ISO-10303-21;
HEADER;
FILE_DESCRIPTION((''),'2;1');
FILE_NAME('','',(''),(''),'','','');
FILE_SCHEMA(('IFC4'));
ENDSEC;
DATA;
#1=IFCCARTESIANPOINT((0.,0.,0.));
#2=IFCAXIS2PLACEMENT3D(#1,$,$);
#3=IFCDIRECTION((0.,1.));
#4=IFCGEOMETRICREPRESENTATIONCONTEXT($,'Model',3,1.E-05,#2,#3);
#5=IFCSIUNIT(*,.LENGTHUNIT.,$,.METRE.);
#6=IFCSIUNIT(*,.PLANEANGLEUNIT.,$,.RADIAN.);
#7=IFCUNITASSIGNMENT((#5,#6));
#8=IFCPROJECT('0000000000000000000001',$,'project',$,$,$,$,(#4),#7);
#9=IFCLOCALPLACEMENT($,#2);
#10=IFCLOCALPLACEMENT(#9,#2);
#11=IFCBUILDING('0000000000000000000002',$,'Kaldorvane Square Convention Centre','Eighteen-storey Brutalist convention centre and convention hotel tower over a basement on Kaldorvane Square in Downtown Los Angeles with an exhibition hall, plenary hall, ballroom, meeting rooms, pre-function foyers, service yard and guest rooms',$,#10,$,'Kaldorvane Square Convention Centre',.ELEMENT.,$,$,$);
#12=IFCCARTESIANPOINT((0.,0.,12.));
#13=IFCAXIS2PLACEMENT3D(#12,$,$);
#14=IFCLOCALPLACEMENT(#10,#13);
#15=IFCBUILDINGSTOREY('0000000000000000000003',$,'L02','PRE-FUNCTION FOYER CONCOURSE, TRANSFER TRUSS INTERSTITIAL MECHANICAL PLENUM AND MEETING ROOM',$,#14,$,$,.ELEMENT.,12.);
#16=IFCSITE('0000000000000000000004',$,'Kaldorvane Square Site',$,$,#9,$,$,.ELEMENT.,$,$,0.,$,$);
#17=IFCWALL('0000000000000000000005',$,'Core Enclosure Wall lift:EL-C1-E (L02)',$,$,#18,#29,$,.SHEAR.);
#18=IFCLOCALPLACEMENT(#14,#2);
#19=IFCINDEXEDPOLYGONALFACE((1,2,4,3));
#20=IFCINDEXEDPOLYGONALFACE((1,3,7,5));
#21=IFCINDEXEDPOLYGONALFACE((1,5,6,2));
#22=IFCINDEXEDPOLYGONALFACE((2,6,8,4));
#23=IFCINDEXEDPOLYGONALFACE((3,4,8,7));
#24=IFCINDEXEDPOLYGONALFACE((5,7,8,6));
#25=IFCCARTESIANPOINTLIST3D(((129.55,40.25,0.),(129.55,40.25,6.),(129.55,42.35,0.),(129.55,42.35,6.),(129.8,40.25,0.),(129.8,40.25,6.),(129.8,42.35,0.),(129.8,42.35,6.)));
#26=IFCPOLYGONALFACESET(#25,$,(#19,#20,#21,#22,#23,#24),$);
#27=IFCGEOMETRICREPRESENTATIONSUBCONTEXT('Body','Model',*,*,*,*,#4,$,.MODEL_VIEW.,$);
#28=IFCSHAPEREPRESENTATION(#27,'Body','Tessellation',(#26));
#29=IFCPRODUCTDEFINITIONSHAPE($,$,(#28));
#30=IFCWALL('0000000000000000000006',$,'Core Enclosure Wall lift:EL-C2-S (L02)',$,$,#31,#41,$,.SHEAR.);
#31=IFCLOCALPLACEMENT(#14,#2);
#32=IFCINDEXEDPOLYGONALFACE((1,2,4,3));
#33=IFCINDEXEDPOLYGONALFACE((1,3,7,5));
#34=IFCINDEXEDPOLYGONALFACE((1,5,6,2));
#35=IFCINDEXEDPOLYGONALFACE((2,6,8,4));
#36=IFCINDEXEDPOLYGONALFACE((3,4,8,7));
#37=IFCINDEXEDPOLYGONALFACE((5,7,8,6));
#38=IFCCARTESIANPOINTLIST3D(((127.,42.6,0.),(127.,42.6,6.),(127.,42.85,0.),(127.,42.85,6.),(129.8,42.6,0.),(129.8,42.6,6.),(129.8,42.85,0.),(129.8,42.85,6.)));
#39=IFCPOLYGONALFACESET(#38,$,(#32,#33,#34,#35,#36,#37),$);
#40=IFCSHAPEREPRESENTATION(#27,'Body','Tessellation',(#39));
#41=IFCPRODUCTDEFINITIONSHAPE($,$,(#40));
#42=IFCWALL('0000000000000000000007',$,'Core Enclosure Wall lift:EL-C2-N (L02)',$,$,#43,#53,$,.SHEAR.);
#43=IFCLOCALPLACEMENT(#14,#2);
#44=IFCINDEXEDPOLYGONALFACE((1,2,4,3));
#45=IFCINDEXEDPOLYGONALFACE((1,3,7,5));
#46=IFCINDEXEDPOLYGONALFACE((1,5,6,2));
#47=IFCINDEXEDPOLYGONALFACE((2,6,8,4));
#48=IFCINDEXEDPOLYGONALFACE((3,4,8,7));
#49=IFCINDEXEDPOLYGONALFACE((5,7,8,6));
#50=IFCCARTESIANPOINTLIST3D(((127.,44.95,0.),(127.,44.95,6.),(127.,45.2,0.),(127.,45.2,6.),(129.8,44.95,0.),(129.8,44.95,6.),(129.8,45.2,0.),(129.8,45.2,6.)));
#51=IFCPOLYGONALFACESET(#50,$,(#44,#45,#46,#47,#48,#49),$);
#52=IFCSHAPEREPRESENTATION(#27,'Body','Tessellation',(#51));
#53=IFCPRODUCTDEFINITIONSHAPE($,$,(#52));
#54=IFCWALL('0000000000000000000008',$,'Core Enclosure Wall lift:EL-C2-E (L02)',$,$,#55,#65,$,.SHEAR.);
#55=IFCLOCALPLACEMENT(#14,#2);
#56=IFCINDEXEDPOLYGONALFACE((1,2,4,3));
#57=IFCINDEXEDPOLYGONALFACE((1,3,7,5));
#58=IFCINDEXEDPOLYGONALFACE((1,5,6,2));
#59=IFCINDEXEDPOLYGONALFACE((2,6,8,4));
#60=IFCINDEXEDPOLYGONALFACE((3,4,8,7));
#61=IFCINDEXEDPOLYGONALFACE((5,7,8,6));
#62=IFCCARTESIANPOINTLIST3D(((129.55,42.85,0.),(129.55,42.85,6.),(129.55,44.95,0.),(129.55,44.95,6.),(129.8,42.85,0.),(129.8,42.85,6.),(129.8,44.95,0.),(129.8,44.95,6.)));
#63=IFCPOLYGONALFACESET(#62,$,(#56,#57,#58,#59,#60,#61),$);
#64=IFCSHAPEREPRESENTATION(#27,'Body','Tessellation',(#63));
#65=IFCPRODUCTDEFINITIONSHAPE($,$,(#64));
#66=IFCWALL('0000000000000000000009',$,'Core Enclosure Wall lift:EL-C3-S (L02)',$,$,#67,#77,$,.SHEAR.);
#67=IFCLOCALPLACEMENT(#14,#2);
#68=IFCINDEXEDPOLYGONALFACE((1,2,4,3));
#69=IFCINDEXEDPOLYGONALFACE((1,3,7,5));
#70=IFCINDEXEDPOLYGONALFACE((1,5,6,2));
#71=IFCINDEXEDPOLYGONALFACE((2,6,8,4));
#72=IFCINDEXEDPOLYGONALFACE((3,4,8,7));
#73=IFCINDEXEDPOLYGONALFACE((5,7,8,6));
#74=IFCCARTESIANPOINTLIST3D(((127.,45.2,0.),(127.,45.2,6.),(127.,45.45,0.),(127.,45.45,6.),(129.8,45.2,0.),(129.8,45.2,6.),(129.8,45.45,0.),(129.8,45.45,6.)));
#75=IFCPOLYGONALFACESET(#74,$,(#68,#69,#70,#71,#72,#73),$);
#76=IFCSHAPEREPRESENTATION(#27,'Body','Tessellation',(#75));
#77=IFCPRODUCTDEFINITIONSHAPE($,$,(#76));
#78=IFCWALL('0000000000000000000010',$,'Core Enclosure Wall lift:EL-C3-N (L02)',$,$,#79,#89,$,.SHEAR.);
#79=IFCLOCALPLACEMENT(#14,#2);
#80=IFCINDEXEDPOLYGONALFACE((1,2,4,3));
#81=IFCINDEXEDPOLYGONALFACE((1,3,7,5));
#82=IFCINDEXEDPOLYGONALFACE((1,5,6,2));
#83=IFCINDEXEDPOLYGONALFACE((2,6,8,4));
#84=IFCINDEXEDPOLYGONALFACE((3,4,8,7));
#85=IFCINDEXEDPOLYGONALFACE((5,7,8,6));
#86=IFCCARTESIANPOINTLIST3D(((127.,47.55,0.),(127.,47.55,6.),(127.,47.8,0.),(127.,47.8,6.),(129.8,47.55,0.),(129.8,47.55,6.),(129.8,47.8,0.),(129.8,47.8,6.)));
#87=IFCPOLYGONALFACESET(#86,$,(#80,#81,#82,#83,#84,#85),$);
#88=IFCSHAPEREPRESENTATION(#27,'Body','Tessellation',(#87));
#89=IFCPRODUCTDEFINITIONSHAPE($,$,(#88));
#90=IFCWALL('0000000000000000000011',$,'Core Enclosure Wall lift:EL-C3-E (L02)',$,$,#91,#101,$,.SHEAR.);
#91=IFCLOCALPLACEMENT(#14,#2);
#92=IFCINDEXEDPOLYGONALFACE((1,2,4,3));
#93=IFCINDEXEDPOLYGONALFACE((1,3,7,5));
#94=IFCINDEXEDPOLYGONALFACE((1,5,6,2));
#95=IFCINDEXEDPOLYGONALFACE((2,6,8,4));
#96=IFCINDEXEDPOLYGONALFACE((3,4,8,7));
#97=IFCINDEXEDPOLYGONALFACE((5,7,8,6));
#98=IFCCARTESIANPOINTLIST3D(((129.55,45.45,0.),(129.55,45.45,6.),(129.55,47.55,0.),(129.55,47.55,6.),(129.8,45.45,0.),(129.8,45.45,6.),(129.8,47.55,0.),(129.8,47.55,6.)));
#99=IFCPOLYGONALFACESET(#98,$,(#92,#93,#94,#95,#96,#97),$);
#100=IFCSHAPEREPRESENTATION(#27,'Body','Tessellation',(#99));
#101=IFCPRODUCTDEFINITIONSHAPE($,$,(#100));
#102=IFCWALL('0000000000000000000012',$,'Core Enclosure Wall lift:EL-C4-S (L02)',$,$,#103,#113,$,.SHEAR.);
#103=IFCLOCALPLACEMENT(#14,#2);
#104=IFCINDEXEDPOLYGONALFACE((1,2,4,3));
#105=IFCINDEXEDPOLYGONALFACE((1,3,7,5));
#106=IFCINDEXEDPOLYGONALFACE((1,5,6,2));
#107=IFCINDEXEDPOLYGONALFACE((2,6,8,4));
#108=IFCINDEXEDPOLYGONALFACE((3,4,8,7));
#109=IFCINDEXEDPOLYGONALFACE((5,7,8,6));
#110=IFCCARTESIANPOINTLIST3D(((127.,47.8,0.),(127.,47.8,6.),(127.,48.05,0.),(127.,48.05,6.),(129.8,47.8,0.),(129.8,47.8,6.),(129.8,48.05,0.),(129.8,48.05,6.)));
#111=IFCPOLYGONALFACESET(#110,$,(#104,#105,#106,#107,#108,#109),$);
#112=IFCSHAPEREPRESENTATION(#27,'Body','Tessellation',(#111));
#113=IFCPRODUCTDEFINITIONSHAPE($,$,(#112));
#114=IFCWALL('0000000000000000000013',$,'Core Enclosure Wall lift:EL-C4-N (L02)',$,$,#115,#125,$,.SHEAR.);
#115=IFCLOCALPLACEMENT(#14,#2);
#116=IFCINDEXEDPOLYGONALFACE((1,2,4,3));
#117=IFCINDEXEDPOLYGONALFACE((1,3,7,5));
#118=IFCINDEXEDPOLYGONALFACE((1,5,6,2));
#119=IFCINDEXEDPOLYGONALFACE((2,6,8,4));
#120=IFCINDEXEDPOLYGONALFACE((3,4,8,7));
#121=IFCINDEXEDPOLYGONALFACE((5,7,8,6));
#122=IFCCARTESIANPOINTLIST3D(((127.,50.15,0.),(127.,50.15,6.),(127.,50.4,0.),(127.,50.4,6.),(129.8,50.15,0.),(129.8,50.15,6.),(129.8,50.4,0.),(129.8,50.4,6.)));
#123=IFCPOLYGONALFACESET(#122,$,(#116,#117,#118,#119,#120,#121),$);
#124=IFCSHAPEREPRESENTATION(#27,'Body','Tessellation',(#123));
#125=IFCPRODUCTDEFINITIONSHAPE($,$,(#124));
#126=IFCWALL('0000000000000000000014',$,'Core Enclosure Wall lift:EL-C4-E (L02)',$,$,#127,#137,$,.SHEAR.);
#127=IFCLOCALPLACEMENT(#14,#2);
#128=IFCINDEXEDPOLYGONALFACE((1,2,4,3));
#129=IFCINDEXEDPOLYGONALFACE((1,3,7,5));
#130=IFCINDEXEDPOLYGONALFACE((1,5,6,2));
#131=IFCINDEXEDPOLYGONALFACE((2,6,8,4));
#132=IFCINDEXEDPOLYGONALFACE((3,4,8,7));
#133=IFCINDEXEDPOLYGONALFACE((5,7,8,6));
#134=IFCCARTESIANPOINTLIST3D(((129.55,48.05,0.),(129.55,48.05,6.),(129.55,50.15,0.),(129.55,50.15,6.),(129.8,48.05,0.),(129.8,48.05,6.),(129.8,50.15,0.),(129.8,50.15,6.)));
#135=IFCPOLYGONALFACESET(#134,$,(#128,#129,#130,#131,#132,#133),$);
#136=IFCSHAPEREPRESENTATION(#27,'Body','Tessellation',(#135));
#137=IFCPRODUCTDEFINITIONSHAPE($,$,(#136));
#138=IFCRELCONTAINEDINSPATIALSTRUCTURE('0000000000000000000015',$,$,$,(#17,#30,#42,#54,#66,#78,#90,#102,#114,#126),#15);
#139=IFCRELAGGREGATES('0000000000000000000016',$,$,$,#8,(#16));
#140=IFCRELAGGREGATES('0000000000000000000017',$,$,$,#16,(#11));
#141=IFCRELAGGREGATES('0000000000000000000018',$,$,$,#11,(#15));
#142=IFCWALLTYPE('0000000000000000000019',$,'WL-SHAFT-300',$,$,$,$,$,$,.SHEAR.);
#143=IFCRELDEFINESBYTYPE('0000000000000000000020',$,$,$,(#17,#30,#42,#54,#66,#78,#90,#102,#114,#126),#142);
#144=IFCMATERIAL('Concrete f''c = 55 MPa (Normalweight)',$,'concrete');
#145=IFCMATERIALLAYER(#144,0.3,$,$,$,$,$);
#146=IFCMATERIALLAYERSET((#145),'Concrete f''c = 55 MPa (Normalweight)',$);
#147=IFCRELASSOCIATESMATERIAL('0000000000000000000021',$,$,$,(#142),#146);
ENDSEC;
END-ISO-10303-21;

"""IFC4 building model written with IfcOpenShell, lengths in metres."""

from ifc_helpers import new_model, si_unit, direction, frame, frame_2d, origin, place, context, subcontext, project, spatial, rectangle, extrude, material, layer, layer_set, type_object, element, save


model = new_model("IFC4")

# Units and contexts
model_context = context("Model", 3, precision=1e-05, world=origin(), true_north=direction((0.0, 1.0)))
body_context = subcontext(model_context, "Body", "Model", "MODEL_VIEW")
ifc_project = project(units=[si_unit("LENGTHUNIT", "METRE"), si_unit("PLANEANGLEUNIT", "RADIAN")], contexts=[model_context])

# Site, building, storey
site_placement = place(None, origin())
site = spatial("IfcSite", under=ifc_project, at=site_placement, Name="Kaldorvane Square Site", CompositionType="ELEMENT", RefElevation=0.0)
building_placement = place(site_placement, origin())
building = spatial("IfcBuilding", under=site, at=building_placement, Name="Kaldorvane Square Convention Centre", Description="Eighteen-storey Brutalist convention centre and convention hotel tower over a basement on Kaldorvane Square in Downtown Los Angeles with an exhibition hall, plenary hall, ballroom, meeting rooms, pre-function foyers, service yard and guest rooms", LongName="Kaldorvane Square Convention Centre", CompositionType="ELEMENT")
storey_placement = place(building_placement, frame((0.0, 0.0, 12.0)))
storey = spatial("IfcBuildingStorey", under=building, at=storey_placement, Name="L02", Description="PRE-FUNCTION FOYER CONCOURSE, TRANSFER TRUSS INTERSTITIAL MECHANICAL PLENUM AND MEETING ROOM", CompositionType="ELEMENT", Elevation=12.0)

# Shared definitions
ifc_material_1 = material(Name="Concrete f'c = 55 MPa (Normalweight)", Category="concrete")
ifc_layer_1 = layer(ifc_material_1, 0.3)
ifc_layer_set_1 = layer_set([ifc_layer_1], Name="Concrete f'c = 55 MPa (Normalweight)")
wall_type = type_object("IfcWallType", Name="WL-SHAFT-300", PredefinedType="SHEAR", material=ifc_layer_set_1)

# Walls
wall_1_placement = place(storey_placement, frame((129.675, 40.25, 0.0), z_axis=(0.0, 0.0, 1.0), x_axis=(0.0, 1.0, 0.0)))
element("IfcWall", 1, at=wall_1_placement, inside=storey, type_object=wall_type, Name="Core Enclosure Wall lift:EL-C1-E (L02)", PredefinedType="SHEAR", context=body_context, shape_type="SweptSolid", body=[
    extrude(rectangle(XDim=2.1, YDim=0.25, at=frame_2d((1.05, 0.0))), origin(), (0.0, 0.0, 1.0), 6.0),
])
for number, where, z_axis, x_axis, name in (
    (2, (127.0, 42.725, 0.0), (0.0, 0.0, 1.0), (1.0, 0.0, 0.0), "Core Enclosure Wall lift:EL-C2-S (L02)"),
    (3, (129.8, 45.075, 0.0), (0.0, 0.0, 1.0), (-1.0, 0.0, 0.0), "Core Enclosure Wall lift:EL-C2-N (L02)"),
):
    element("IfcWall", number, at=place(storey_placement, frame(where, z_axis=z_axis, x_axis=x_axis)), inside=storey, type_object=wall_type, Name=name, PredefinedType="SHEAR", context=body_context, shape_type="SweptSolid", body=[
        extrude(rectangle(XDim=2.8, YDim=0.25, at=frame_2d((1.4, 0.0))), origin(), (0.0, 0.0, 1.0), 6.0),
    ])

# Walls
wall_2_placement = place(storey_placement, frame((129.675, 42.85, 0.0), z_axis=(0.0, 0.0, 1.0), x_axis=(0.0, 1.0, 0.0)))
element("IfcWall", 4, at=wall_2_placement, inside=storey, type_object=wall_type, Name="Core Enclosure Wall lift:EL-C2-E (L02)", PredefinedType="SHEAR", context=body_context, shape_type="SweptSolid", body=[
    extrude(rectangle(XDim=2.1, YDim=0.25, at=frame_2d((1.05, 0.0))), origin(), (0.0, 0.0, 1.0), 6.0),
])
for number, where, z_axis, x_axis, name in (
    (5, (127.0, 45.325, 0.0), (0.0, 0.0, 1.0), (1.0, 0.0, 0.0), "Core Enclosure Wall lift:EL-C3-S (L02)"),
    (6, (129.8, 47.675, 0.0), (0.0, 0.0, 1.0), (-1.0, 0.0, 0.0), "Core Enclosure Wall lift:EL-C3-N (L02)"),
):
    element("IfcWall", number, at=place(storey_placement, frame(where, z_axis=z_axis, x_axis=x_axis)), inside=storey, type_object=wall_type, Name=name, PredefinedType="SHEAR", context=body_context, shape_type="SweptSolid", body=[
        extrude(rectangle(XDim=2.8, YDim=0.25, at=frame_2d((1.4, 0.0))), origin(), (0.0, 0.0, 1.0), 6.0),
    ])

# Walls
wall_3_placement = place(storey_placement, frame((129.675, 45.45, 0.0), z_axis=(0.0, 0.0, 1.0), x_axis=(0.0, 1.0, 0.0)))
element("IfcWall", 7, at=wall_3_placement, inside=storey, type_object=wall_type, Name="Core Enclosure Wall lift:EL-C3-E (L02)", PredefinedType="SHEAR", context=body_context, shape_type="SweptSolid", body=[
    extrude(rectangle(XDim=2.1, YDim=0.25, at=frame_2d((1.05, 0.0))), origin(), (0.0, 0.0, 1.0), 6.0),
])
for number, where, z_axis, x_axis, name in (
    (8, (127.0, 47.925, 0.0), (0.0, 0.0, 1.0), (1.0, 0.0, 0.0), "Core Enclosure Wall lift:EL-C4-S (L02)"),
    (9, (129.8, 50.275, 0.0), (0.0, 0.0, 1.0), (-1.0, 0.0, 0.0), "Core Enclosure Wall lift:EL-C4-N (L02)"),
):
    element("IfcWall", number, at=place(storey_placement, frame(where, z_axis=z_axis, x_axis=x_axis)), inside=storey, type_object=wall_type, Name=name, PredefinedType="SHEAR", context=body_context, shape_type="SweptSolid", body=[
        extrude(rectangle(XDim=2.8, YDim=0.25, at=frame_2d((1.4, 0.0))), origin(), (0.0, 0.0, 1.0), 6.0),
    ])

# Wall
wall_4_placement = place(storey_placement, frame((129.675, 48.05, 0.0), z_axis=(0.0, 0.0, 1.0), x_axis=(0.0, 1.0, 0.0)))
element("IfcWall", 10, at=wall_4_placement, inside=storey, type_object=wall_type, Name="Core Enclosure Wall lift:EL-C4-E (L02)", PredefinedType="SHEAR", context=body_context, shape_type="SweptSolid", body=[
    extrude(rectangle(XDim=2.1, YDim=0.25, at=frame_2d((1.05, 0.0))), origin(), (0.0, 0.0, 1.0), 6.0),
])

save(model, "model.ifc")
